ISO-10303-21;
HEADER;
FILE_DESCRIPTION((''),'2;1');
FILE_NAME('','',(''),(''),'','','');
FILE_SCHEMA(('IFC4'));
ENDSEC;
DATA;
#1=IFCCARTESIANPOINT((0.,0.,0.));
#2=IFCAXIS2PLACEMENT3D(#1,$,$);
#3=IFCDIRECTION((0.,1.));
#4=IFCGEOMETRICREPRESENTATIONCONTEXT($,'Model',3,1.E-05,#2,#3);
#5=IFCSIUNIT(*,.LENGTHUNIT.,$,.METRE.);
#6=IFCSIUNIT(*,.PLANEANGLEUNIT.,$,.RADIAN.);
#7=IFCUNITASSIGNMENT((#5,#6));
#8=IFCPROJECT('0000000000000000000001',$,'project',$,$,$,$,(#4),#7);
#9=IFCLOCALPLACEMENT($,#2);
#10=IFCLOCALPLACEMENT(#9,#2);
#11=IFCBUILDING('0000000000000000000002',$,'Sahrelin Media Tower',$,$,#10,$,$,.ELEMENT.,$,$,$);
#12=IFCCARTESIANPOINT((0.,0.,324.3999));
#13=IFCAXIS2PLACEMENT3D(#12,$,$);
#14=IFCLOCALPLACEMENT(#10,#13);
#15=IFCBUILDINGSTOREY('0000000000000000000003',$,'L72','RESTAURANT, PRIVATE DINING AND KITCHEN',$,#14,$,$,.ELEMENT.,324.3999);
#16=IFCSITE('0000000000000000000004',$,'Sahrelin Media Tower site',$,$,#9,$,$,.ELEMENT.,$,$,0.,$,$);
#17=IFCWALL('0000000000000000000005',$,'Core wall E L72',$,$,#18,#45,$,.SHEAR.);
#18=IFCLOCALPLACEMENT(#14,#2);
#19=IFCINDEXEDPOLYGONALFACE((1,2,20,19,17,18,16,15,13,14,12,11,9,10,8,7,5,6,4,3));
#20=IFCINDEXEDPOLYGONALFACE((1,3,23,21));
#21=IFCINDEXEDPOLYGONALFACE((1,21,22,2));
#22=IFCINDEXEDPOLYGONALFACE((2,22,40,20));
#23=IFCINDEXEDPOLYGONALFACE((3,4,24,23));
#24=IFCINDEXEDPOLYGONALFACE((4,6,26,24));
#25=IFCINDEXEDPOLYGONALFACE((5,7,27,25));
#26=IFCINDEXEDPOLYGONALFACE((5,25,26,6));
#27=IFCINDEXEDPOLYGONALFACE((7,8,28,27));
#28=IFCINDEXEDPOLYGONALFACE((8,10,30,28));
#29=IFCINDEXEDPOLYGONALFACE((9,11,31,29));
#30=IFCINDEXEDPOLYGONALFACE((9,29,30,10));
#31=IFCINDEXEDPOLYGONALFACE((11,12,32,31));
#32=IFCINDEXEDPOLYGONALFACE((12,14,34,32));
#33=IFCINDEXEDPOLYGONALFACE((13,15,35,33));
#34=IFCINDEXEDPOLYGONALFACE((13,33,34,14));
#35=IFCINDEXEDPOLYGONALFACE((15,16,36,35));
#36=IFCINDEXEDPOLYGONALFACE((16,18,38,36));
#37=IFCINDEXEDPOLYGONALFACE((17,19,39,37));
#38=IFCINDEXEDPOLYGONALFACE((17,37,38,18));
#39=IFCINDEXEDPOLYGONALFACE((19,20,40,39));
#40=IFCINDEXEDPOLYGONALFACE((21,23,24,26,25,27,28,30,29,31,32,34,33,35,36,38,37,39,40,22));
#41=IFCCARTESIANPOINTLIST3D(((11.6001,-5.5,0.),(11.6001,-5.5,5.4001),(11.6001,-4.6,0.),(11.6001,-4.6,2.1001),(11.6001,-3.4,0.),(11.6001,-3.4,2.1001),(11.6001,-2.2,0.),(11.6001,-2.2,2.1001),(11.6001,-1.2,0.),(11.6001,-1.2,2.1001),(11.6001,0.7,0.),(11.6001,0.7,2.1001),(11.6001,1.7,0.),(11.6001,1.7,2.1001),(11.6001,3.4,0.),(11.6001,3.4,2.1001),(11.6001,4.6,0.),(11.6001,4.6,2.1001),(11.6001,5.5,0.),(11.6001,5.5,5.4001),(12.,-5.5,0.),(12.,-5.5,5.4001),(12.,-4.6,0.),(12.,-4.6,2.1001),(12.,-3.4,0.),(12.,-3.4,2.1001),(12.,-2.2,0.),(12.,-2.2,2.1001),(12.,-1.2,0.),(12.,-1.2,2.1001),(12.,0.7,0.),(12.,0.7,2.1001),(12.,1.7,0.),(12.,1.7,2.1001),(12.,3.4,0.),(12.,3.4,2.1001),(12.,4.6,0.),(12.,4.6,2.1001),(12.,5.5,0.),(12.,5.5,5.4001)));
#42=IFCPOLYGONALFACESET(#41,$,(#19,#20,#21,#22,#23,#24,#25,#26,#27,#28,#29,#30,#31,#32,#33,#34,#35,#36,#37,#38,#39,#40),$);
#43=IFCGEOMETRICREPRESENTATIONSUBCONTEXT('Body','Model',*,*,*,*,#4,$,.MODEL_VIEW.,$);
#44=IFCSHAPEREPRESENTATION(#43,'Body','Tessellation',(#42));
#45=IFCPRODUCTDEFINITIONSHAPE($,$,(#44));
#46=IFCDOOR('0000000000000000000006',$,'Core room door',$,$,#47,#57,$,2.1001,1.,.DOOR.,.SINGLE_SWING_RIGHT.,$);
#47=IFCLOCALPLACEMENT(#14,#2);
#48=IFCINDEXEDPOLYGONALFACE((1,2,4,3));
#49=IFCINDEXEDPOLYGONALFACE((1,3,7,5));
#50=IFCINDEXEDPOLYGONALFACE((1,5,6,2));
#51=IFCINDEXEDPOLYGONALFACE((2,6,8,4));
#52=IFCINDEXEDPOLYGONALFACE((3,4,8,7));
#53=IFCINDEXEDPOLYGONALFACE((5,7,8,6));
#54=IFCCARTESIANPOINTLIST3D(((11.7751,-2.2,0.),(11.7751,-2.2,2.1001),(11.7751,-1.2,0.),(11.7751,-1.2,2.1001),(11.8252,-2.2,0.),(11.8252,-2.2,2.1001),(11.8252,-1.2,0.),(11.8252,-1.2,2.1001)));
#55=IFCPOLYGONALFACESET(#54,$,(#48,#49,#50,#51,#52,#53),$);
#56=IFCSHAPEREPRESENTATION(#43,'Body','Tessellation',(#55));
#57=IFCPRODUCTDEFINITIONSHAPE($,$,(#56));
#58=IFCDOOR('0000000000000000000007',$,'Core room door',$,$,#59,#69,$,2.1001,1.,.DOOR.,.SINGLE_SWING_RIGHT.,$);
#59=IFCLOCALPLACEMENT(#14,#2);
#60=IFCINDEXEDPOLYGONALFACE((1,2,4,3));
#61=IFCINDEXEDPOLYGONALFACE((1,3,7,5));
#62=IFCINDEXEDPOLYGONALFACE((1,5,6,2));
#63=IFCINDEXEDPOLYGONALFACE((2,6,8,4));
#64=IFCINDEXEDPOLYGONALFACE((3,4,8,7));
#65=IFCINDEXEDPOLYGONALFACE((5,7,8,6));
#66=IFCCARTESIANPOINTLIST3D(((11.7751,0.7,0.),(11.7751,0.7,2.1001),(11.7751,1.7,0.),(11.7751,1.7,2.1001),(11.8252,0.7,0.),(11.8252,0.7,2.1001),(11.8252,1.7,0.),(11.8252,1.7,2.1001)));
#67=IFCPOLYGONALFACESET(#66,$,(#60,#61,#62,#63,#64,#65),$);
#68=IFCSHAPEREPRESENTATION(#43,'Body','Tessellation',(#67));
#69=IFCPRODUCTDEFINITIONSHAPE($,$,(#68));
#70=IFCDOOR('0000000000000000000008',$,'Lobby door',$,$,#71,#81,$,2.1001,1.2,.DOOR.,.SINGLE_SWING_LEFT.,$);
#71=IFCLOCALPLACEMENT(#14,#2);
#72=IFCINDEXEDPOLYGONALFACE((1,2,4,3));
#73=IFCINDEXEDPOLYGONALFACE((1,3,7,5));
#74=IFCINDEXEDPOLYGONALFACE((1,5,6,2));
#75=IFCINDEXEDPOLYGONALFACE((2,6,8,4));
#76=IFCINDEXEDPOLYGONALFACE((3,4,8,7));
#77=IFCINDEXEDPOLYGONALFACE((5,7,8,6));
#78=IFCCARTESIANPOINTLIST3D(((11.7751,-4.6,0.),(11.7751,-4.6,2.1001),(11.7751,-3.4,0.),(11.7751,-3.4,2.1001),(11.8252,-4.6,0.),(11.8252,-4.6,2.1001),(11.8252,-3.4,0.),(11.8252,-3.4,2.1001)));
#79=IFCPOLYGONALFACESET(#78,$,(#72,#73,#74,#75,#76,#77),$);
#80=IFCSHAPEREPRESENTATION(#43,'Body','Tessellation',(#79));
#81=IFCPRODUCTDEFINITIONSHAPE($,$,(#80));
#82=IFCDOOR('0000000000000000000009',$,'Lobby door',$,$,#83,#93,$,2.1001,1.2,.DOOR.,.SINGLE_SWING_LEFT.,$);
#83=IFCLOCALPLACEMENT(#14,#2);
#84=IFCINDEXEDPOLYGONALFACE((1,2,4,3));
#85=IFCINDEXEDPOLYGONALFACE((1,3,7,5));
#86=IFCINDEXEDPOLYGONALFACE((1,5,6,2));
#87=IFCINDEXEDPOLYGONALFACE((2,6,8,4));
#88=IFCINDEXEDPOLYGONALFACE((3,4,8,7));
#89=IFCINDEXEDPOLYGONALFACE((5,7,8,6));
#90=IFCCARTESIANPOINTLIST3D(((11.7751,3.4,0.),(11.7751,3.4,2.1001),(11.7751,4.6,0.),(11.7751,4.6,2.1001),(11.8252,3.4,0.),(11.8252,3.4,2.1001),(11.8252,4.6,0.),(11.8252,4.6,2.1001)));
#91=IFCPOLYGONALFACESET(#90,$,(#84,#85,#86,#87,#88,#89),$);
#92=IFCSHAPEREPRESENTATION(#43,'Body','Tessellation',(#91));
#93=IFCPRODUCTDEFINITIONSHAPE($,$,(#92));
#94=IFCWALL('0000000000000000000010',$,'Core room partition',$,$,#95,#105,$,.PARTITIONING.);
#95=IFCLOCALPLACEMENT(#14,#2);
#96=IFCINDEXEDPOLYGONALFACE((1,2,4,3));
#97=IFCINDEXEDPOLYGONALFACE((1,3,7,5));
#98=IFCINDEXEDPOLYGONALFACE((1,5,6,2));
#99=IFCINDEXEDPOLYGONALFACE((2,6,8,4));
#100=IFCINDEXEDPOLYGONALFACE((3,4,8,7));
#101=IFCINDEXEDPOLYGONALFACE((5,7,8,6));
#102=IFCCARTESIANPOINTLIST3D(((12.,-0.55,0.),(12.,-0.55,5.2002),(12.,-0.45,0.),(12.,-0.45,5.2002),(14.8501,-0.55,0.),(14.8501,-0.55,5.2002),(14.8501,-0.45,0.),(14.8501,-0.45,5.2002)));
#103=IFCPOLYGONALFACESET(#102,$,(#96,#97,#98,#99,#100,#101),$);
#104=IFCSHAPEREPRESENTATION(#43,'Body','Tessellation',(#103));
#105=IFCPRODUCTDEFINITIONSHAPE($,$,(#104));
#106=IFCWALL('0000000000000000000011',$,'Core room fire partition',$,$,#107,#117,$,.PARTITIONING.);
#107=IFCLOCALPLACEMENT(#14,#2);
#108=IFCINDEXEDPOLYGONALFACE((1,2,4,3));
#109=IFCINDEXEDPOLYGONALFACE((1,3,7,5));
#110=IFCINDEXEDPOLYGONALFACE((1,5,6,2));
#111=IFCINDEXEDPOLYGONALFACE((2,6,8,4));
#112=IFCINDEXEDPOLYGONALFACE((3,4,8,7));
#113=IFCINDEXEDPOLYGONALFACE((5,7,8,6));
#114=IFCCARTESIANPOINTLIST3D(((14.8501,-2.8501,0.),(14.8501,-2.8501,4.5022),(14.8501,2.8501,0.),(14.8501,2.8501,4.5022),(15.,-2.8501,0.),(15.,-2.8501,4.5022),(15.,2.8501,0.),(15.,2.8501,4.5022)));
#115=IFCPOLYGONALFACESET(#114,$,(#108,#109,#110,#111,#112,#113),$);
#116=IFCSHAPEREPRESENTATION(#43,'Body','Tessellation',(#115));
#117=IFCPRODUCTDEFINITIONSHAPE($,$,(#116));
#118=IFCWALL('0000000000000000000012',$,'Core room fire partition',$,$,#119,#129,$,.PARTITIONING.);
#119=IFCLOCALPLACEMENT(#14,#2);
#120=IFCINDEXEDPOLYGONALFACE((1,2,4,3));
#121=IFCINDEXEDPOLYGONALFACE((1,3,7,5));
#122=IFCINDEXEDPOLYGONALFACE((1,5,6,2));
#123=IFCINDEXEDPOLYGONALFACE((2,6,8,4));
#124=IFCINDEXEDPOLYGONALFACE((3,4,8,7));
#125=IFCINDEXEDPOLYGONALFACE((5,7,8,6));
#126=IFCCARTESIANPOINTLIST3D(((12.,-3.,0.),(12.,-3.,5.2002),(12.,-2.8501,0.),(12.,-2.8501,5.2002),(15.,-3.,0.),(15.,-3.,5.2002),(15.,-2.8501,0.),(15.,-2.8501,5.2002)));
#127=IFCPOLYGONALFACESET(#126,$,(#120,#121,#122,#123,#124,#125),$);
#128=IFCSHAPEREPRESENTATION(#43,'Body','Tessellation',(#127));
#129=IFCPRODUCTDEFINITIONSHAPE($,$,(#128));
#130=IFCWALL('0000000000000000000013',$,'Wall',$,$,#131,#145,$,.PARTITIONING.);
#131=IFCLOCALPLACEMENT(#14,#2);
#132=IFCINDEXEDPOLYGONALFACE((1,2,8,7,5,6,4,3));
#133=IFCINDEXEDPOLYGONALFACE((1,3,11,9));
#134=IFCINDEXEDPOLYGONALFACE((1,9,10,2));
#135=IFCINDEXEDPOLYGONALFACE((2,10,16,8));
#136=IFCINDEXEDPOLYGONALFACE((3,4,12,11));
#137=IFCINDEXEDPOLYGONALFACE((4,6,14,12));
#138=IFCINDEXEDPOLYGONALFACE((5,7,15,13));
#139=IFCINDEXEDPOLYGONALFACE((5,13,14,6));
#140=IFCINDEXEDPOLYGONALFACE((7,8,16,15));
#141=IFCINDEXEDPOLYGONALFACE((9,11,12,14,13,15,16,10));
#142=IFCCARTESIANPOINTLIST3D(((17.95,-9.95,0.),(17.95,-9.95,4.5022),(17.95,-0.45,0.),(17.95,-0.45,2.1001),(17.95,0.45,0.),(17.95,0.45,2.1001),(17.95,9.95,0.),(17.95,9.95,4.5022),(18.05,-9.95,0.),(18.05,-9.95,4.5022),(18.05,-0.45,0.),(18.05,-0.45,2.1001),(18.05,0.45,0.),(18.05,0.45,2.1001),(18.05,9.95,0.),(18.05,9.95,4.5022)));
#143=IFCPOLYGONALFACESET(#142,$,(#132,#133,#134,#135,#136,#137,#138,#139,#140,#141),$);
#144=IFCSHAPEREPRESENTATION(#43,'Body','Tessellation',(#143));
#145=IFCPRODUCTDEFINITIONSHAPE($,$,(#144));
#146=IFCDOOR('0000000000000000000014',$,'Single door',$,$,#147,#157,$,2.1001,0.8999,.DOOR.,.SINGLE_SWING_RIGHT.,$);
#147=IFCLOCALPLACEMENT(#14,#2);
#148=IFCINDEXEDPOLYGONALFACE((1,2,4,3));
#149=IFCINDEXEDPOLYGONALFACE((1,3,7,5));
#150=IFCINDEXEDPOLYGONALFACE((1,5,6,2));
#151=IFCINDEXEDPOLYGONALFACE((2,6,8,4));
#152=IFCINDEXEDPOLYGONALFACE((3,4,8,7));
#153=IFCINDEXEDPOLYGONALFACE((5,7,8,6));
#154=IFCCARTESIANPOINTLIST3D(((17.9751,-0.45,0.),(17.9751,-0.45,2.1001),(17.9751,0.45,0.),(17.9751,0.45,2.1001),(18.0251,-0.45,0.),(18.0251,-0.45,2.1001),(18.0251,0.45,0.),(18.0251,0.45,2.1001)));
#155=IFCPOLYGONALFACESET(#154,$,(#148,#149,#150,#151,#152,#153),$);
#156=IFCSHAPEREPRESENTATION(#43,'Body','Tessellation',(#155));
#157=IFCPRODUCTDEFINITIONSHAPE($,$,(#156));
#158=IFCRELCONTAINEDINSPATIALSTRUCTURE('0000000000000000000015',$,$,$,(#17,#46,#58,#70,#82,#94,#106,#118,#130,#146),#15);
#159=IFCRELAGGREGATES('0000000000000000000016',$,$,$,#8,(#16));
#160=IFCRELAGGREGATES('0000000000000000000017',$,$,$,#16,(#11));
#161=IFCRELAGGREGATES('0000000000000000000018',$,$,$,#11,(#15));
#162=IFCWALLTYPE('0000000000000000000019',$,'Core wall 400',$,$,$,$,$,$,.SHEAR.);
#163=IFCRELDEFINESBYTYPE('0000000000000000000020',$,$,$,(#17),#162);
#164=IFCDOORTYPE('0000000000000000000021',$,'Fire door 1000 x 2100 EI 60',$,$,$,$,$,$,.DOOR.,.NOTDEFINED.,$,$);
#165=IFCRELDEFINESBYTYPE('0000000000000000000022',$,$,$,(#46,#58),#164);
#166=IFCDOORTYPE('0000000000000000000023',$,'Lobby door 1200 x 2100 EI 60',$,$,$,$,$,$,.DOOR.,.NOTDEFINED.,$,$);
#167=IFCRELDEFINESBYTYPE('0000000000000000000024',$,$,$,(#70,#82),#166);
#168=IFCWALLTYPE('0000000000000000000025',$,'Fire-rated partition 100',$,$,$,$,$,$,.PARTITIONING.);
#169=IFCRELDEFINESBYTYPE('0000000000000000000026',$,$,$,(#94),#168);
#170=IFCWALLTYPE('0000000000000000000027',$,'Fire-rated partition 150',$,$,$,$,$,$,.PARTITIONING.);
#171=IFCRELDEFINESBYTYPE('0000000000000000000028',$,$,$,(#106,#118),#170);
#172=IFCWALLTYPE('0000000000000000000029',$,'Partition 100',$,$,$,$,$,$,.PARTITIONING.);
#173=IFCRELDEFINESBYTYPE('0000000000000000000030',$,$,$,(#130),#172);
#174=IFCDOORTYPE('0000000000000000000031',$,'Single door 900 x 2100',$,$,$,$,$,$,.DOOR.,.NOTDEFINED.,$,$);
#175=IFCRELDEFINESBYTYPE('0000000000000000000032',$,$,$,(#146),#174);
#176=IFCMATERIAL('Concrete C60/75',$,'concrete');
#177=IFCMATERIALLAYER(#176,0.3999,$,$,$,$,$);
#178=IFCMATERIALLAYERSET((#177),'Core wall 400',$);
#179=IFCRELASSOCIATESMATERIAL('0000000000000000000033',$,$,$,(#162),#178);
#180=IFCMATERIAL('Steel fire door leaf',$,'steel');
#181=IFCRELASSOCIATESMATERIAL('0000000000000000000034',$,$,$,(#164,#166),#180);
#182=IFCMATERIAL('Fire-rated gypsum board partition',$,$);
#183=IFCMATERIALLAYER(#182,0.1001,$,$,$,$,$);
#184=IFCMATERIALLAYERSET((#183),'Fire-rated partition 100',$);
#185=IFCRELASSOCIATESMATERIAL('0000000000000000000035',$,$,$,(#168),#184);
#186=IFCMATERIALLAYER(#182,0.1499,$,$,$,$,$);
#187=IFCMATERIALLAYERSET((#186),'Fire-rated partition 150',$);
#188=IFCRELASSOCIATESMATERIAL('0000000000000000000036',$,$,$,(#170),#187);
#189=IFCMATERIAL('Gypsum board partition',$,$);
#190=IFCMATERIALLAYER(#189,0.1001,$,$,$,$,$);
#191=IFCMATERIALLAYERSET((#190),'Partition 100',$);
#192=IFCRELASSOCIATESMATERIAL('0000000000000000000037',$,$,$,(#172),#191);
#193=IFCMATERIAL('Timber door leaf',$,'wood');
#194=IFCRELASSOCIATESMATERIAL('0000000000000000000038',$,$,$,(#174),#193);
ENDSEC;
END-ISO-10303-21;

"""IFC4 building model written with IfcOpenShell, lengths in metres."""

from ifc_helpers import new_model, si_unit, direction, frame, frame_2d, origin, place, context, subcontext, project, spatial, rectangle, extrude, material, layer, layer_set, type_object, element, fill, save


model = new_model("IFC4")

# Units and contexts
model_context = context("Model", 3, precision=1e-05, world=origin(), true_north=direction((0.0, 1.0)))
body_context = subcontext(model_context, "Body", "Model", "MODEL_VIEW")
ifc_project = project(units=[si_unit("LENGTHUNIT", "METRE"), si_unit("PLANEANGLEUNIT", "RADIAN")], contexts=[model_context])

# Site, building, storey
site_placement = place(None, origin())
site = spatial("IfcSite", under=ifc_project, at=site_placement, Name="Sahrelin Media Tower site", CompositionType="ELEMENT", RefElevation=0.0)
building_placement = place(site_placement, origin())
building = spatial("IfcBuilding", under=site, at=building_placement, Name="Sahrelin Media Tower", CompositionType="ELEMENT")
storey_placement = place(building_placement, frame((0.0, 0.0, 324.3999)))
storey = spatial("IfcBuildingStorey", under=building, at=storey_placement, Name="L72", Description="RESTAURANT, PRIVATE DINING AND KITCHEN", CompositionType="ELEMENT", Elevation=324.3999)

# Wall, openings, doors
ifc_material_1 = material(Name="Concrete C60/75", Category="concrete")
ifc_layer_1 = layer(ifc_material_1, 0.3999)
ifc_layer_set_1 = layer_set([ifc_layer_1], Name="Core wall 400")
wall_type_1 = type_object("IfcWallType", Name="Core wall 400", PredefinedType="SHEAR", material=ifc_layer_set_1)
wall_1_placement = place(storey_placement, frame((11.8, -5.5, 0.0), z_axis=(0.0, 0.0, 1.0), x_axis=(0.0, 1.0, 0.0)))
wall_1 = element("IfcWall", 1, at=wall_1_placement, inside=storey, type_object=wall_type_1, Name="Core wall E L72", PredefinedType="SHEAR", context=body_context, shape_type="SweptSolid", body=[
    extrude(rectangle(XDim=11.0, YDim=0.3999, at=frame_2d((5.5, 0.0))), origin(), (0.0, 0.0, 1.0), 5.4001),
])
opening_1_placement = place(wall_1_placement, frame((3.3, 0.0, 0.0)))
opening_1 = element("IfcOpeningElement", 2, at=opening_1_placement, cuts=wall_1, PredefinedType="OPENING", context=body_context, shape_type="SweptSolid", body=[
    extrude(rectangle(XDim=1.0, YDim=2.1001, at=frame_2d((0.5, 1.05))), frame((0.0, 0.2, 0.0), z_axis=(0.0, -1.0, 0.0), x_axis=(1.0, 0.0, 0.0)), (0.0, 0.0, 1.0), 0.3999),
])
opening_2_placement = place(wall_1_placement, frame((6.2, 0.0, 0.0)))
opening_2 = element("IfcOpeningElement", 3, at=opening_2_placement, cuts=wall_1, PredefinedType="OPENING", context=body_context, shape_type="SweptSolid", body=[
    extrude(rectangle(XDim=1.0, YDim=2.1001, at=frame_2d((0.5, 1.05))), frame((0.0, 0.2, 0.0), z_axis=(0.0, -1.0, 0.0), x_axis=(1.0, 0.0, 0.0)), (0.0, 0.0, 1.0), 0.3999),
])
opening_3_placement = place(wall_1_placement, frame((0.8999, 0.0, 0.0)))
opening_3 = element("IfcOpeningElement", 4, at=opening_3_placement, cuts=wall_1, PredefinedType="OPENING", context=body_context, shape_type="SweptSolid", body=[
    extrude(rectangle(XDim=1.2, YDim=2.1001, at=frame_2d((0.6001, 1.05))), frame((0.0, 0.2, 0.0), z_axis=(0.0, -1.0, 0.0), x_axis=(1.0, 0.0, 0.0)), (0.0, 0.0, 1.0), 0.3999),
])
opening_4_placement = place(wall_1_placement, frame((8.8999, 0.0, 0.0)))
opening_4 = element("IfcOpeningElement", 5, at=opening_4_placement, cuts=wall_1, PredefinedType="OPENING", context=body_context, shape_type="SweptSolid", body=[
    extrude(rectangle(XDim=1.2, YDim=2.1001, at=frame_2d((0.6001, 1.05))), frame((0.0, 0.2, 0.0), z_axis=(0.0, -1.0, 0.0), x_axis=(1.0, 0.0, 0.0)), (0.0, 0.0, 1.0), 0.3999),
])
ifc_material_2 = material(Name="Steel fire door leaf", Category="steel")
door_type_1 = type_object("IfcDoorType", Name="Fire door 1000 x 2100 EI 60", OperationType="NOTDEFINED", PredefinedType="DOOR", material=ifc_material_2)
door_1_placement = place(opening_1_placement, origin())
door_1 = element("IfcDoor", 6, at=door_1_placement, inside=storey, type_object=door_type_1, Name="Core room door", OperationType="SINGLE_SWING_RIGHT", OverallHeight=2.1001, OverallWidth=1.0, PredefinedType="DOOR", context=body_context, shape_type="SweptSolid", body=[
    extrude(rectangle(XDim=1.0, YDim=2.1001, at=frame_2d((0.5, 1.05))), frame((0.0, 0.0249, 0.0), z_axis=(0.0, -1.0, 0.0), x_axis=(1.0, 0.0, 0.0)), (0.0, 0.0, 1.0), 0.05),
])
fill(opening_1, door_1)
door_2_placement = place(opening_2_placement, origin())
door_2 = element("IfcDoor", 7, at=door_2_placement, inside=storey, type_object=door_type_1, Name="Core room door", OperationType="SINGLE_SWING_RIGHT", OverallHeight=2.1001, OverallWidth=1.0, PredefinedType="DOOR", context=body_context, shape_type="SweptSolid", body=[
    extrude(rectangle(XDim=1.0, YDim=2.1001, at=frame_2d((0.5, 1.05))), frame((0.0, 0.0249, 0.0), z_axis=(0.0, -1.0, 0.0), x_axis=(1.0, 0.0, 0.0)), (0.0, 0.0, 1.0), 0.05),
])
fill(opening_2, door_2)
door_type_2 = type_object("IfcDoorType", Name="Lobby door 1200 x 2100 EI 60", OperationType="NOTDEFINED", PredefinedType="DOOR", material=ifc_material_2)
door_3_placement = place(opening_3_placement, origin())
door_3 = element("IfcDoor", 8, at=door_3_placement, inside=storey, type_object=door_type_2, Name="Lobby door", OperationType="SINGLE_SWING_LEFT", OverallHeight=2.1001, OverallWidth=1.2, PredefinedType="DOOR", context=body_context, shape_type="SweptSolid", body=[
    extrude(rectangle(XDim=1.2, YDim=2.1001, at=frame_2d((0.6001, 1.05))), frame((0.0, 0.0249, 0.0), z_axis=(0.0, -1.0, 0.0), x_axis=(1.0, 0.0, 0.0)), (0.0, 0.0, 1.0), 0.05),
])
fill(opening_3, door_3)
door_4_placement = place(opening_4_placement, origin())
door_4 = element("IfcDoor", 9, at=door_4_placement, inside=storey, type_object=door_type_2, Name="Lobby door", OperationType="SINGLE_SWING_LEFT", OverallHeight=2.1001, OverallWidth=1.2, PredefinedType="DOOR", context=body_context, shape_type="SweptSolid", body=[
    extrude(rectangle(XDim=1.2, YDim=2.1001, at=frame_2d((0.6001, 1.05))), frame((0.0, 0.0249, 0.0), z_axis=(0.0, -1.0, 0.0), x_axis=(1.0, 0.0, 0.0)), (0.0, 0.0, 1.0), 0.05),
])
fill(opening_4, door_4)

# Walls
ifc_material_3 = material(Name="Fire-rated gypsum board partition")
ifc_layer_2 = layer(ifc_material_3, 0.1001)
ifc_layer_set_2 = layer_set([ifc_layer_2], Name="Fire-rated partition 100")
wall_type_2 = type_object("IfcWallType", Name="Fire-rated partition 100", PredefinedType="PARTITIONING", material=ifc_layer_set_2)
wall_2_placement = place(storey_placement, frame((12.0, -0.5, 0.0), z_axis=(0.0, 0.0, 1.0), x_axis=(1.0, 0.0, 0.0)))
element("IfcWall", 10, at=wall_2_placement, inside=storey, type_object=wall_type_2, Name="Core room partition", PredefinedType="PARTITIONING", context=body_context, shape_type="SweptSolid", body=[
    extrude(rectangle(XDim=2.8501, YDim=0.1001, at=frame_2d((1.425, 0.0))), origin(), (0.0, 0.0, 1.0), 5.2002),
])
ifc_layer_3 = layer(ifc_material_3, 0.1499)
ifc_layer_set_3 = layer_set([ifc_layer_3], Name="Fire-rated partition 150")
wall_type_3 = type_object("IfcWallType", Name="Fire-rated partition 150", PredefinedType="PARTITIONING", material=ifc_layer_set_3)
wall_3_placement = place(storey_placement, frame((14.925, -2.8501, 0.0), z_axis=(0.0, 0.0, 1.0), x_axis=(0.0, 1.0, 0.0)))
element("IfcWall", 11, at=wall_3_placement, inside=storey, type_object=wall_type_3, Name="Core room fire partition", PredefinedType="PARTITIONING", context=body_context, shape_type="SweptSolid", body=[
    extrude(rectangle(XDim=5.7002, YDim=0.1499, at=frame_2d((2.8501, 0.0))), origin(), (0.0, 0.0, 1.0), 4.5022),
])
wall_4_placement = place(storey_placement, frame((12.0, -2.925, 0.0), z_axis=(0.0, 0.0, 1.0), x_axis=(1.0, 0.0, 0.0)))
element("IfcWall", 12, at=wall_4_placement, inside=storey, type_object=wall_type_3, Name="Core room fire partition", PredefinedType="PARTITIONING", context=body_context, shape_type="SweptSolid", body=[
    extrude(rectangle(XDim=3.0, YDim=0.1499, at=frame_2d((1.5, 0.0))), origin(), (0.0, 0.0, 1.0), 5.2002),
])

# Wall, opening, door
ifc_material_4 = material(Name="Gypsum board partition")
ifc_layer_4 = layer(ifc_material_4, 0.1001)
ifc_layer_set_4 = layer_set([ifc_layer_4], Name="Partition 100")
wall_type_4 = type_object("IfcWallType", Name="Partition 100", PredefinedType="PARTITIONING", material=ifc_layer_set_4)
wall_5_placement = place(storey_placement, frame((18.0, -9.95, 0.0), z_axis=(0.0, 0.0, 1.0), x_axis=(0.0, 1.0, 0.0)))
wall_5 = element("IfcWall", 13, at=wall_5_placement, inside=storey, type_object=wall_type_4, Name="Wall", PredefinedType="PARTITIONING", context=body_context, shape_type="SweptSolid", body=[
    extrude(rectangle(XDim=19.8999, YDim=0.1001, at=frame_2d((9.95, 0.0))), origin(), (0.0, 0.0, 1.0), 4.5022),
])
opening_5_placement = place(wall_5_placement, frame((9.5, 0.0, 0.0)))
opening_5 = element("IfcOpeningElement", 14, at=opening_5_placement, cuts=wall_5, PredefinedType="OPENING", context=body_context, shape_type="SweptSolid", body=[
    extrude(rectangle(XDim=0.8999, YDim=2.1001, at=frame_2d((0.45, 1.05))), frame((0.0, 0.05, 0.0), z_axis=(0.0, -1.0, 0.0), x_axis=(1.0, 0.0, 0.0)), (0.0, 0.0, 1.0), 0.1001),
])
ifc_material_5 = material(Name="Timber door leaf", Category="wood")
door_type_3 = type_object("IfcDoorType", Name="Single door 900 x 2100", OperationType="NOTDEFINED", PredefinedType="DOOR", material=ifc_material_5)
door_5_placement = place(opening_5_placement, origin())
door_5 = element("IfcDoor", 15, at=door_5_placement, inside=storey, type_object=door_type_3, Name="Single door", OperationType="SINGLE_SWING_RIGHT", OverallHeight=2.1001, OverallWidth=0.8999, PredefinedType="DOOR", context=body_context, shape_type="SweptSolid", body=[
    extrude(rectangle(XDim=0.8999, YDim=2.1001, at=frame_2d((0.45, 1.05))), frame((0.0, 0.0249, 0.0), z_axis=(0.0, -1.0, 0.0), x_axis=(1.0, 0.0, 0.0)), (0.0, 0.0, 1.0), 0.05),
])
fill(opening_5, door_5)

save(model, "model.ifc")
